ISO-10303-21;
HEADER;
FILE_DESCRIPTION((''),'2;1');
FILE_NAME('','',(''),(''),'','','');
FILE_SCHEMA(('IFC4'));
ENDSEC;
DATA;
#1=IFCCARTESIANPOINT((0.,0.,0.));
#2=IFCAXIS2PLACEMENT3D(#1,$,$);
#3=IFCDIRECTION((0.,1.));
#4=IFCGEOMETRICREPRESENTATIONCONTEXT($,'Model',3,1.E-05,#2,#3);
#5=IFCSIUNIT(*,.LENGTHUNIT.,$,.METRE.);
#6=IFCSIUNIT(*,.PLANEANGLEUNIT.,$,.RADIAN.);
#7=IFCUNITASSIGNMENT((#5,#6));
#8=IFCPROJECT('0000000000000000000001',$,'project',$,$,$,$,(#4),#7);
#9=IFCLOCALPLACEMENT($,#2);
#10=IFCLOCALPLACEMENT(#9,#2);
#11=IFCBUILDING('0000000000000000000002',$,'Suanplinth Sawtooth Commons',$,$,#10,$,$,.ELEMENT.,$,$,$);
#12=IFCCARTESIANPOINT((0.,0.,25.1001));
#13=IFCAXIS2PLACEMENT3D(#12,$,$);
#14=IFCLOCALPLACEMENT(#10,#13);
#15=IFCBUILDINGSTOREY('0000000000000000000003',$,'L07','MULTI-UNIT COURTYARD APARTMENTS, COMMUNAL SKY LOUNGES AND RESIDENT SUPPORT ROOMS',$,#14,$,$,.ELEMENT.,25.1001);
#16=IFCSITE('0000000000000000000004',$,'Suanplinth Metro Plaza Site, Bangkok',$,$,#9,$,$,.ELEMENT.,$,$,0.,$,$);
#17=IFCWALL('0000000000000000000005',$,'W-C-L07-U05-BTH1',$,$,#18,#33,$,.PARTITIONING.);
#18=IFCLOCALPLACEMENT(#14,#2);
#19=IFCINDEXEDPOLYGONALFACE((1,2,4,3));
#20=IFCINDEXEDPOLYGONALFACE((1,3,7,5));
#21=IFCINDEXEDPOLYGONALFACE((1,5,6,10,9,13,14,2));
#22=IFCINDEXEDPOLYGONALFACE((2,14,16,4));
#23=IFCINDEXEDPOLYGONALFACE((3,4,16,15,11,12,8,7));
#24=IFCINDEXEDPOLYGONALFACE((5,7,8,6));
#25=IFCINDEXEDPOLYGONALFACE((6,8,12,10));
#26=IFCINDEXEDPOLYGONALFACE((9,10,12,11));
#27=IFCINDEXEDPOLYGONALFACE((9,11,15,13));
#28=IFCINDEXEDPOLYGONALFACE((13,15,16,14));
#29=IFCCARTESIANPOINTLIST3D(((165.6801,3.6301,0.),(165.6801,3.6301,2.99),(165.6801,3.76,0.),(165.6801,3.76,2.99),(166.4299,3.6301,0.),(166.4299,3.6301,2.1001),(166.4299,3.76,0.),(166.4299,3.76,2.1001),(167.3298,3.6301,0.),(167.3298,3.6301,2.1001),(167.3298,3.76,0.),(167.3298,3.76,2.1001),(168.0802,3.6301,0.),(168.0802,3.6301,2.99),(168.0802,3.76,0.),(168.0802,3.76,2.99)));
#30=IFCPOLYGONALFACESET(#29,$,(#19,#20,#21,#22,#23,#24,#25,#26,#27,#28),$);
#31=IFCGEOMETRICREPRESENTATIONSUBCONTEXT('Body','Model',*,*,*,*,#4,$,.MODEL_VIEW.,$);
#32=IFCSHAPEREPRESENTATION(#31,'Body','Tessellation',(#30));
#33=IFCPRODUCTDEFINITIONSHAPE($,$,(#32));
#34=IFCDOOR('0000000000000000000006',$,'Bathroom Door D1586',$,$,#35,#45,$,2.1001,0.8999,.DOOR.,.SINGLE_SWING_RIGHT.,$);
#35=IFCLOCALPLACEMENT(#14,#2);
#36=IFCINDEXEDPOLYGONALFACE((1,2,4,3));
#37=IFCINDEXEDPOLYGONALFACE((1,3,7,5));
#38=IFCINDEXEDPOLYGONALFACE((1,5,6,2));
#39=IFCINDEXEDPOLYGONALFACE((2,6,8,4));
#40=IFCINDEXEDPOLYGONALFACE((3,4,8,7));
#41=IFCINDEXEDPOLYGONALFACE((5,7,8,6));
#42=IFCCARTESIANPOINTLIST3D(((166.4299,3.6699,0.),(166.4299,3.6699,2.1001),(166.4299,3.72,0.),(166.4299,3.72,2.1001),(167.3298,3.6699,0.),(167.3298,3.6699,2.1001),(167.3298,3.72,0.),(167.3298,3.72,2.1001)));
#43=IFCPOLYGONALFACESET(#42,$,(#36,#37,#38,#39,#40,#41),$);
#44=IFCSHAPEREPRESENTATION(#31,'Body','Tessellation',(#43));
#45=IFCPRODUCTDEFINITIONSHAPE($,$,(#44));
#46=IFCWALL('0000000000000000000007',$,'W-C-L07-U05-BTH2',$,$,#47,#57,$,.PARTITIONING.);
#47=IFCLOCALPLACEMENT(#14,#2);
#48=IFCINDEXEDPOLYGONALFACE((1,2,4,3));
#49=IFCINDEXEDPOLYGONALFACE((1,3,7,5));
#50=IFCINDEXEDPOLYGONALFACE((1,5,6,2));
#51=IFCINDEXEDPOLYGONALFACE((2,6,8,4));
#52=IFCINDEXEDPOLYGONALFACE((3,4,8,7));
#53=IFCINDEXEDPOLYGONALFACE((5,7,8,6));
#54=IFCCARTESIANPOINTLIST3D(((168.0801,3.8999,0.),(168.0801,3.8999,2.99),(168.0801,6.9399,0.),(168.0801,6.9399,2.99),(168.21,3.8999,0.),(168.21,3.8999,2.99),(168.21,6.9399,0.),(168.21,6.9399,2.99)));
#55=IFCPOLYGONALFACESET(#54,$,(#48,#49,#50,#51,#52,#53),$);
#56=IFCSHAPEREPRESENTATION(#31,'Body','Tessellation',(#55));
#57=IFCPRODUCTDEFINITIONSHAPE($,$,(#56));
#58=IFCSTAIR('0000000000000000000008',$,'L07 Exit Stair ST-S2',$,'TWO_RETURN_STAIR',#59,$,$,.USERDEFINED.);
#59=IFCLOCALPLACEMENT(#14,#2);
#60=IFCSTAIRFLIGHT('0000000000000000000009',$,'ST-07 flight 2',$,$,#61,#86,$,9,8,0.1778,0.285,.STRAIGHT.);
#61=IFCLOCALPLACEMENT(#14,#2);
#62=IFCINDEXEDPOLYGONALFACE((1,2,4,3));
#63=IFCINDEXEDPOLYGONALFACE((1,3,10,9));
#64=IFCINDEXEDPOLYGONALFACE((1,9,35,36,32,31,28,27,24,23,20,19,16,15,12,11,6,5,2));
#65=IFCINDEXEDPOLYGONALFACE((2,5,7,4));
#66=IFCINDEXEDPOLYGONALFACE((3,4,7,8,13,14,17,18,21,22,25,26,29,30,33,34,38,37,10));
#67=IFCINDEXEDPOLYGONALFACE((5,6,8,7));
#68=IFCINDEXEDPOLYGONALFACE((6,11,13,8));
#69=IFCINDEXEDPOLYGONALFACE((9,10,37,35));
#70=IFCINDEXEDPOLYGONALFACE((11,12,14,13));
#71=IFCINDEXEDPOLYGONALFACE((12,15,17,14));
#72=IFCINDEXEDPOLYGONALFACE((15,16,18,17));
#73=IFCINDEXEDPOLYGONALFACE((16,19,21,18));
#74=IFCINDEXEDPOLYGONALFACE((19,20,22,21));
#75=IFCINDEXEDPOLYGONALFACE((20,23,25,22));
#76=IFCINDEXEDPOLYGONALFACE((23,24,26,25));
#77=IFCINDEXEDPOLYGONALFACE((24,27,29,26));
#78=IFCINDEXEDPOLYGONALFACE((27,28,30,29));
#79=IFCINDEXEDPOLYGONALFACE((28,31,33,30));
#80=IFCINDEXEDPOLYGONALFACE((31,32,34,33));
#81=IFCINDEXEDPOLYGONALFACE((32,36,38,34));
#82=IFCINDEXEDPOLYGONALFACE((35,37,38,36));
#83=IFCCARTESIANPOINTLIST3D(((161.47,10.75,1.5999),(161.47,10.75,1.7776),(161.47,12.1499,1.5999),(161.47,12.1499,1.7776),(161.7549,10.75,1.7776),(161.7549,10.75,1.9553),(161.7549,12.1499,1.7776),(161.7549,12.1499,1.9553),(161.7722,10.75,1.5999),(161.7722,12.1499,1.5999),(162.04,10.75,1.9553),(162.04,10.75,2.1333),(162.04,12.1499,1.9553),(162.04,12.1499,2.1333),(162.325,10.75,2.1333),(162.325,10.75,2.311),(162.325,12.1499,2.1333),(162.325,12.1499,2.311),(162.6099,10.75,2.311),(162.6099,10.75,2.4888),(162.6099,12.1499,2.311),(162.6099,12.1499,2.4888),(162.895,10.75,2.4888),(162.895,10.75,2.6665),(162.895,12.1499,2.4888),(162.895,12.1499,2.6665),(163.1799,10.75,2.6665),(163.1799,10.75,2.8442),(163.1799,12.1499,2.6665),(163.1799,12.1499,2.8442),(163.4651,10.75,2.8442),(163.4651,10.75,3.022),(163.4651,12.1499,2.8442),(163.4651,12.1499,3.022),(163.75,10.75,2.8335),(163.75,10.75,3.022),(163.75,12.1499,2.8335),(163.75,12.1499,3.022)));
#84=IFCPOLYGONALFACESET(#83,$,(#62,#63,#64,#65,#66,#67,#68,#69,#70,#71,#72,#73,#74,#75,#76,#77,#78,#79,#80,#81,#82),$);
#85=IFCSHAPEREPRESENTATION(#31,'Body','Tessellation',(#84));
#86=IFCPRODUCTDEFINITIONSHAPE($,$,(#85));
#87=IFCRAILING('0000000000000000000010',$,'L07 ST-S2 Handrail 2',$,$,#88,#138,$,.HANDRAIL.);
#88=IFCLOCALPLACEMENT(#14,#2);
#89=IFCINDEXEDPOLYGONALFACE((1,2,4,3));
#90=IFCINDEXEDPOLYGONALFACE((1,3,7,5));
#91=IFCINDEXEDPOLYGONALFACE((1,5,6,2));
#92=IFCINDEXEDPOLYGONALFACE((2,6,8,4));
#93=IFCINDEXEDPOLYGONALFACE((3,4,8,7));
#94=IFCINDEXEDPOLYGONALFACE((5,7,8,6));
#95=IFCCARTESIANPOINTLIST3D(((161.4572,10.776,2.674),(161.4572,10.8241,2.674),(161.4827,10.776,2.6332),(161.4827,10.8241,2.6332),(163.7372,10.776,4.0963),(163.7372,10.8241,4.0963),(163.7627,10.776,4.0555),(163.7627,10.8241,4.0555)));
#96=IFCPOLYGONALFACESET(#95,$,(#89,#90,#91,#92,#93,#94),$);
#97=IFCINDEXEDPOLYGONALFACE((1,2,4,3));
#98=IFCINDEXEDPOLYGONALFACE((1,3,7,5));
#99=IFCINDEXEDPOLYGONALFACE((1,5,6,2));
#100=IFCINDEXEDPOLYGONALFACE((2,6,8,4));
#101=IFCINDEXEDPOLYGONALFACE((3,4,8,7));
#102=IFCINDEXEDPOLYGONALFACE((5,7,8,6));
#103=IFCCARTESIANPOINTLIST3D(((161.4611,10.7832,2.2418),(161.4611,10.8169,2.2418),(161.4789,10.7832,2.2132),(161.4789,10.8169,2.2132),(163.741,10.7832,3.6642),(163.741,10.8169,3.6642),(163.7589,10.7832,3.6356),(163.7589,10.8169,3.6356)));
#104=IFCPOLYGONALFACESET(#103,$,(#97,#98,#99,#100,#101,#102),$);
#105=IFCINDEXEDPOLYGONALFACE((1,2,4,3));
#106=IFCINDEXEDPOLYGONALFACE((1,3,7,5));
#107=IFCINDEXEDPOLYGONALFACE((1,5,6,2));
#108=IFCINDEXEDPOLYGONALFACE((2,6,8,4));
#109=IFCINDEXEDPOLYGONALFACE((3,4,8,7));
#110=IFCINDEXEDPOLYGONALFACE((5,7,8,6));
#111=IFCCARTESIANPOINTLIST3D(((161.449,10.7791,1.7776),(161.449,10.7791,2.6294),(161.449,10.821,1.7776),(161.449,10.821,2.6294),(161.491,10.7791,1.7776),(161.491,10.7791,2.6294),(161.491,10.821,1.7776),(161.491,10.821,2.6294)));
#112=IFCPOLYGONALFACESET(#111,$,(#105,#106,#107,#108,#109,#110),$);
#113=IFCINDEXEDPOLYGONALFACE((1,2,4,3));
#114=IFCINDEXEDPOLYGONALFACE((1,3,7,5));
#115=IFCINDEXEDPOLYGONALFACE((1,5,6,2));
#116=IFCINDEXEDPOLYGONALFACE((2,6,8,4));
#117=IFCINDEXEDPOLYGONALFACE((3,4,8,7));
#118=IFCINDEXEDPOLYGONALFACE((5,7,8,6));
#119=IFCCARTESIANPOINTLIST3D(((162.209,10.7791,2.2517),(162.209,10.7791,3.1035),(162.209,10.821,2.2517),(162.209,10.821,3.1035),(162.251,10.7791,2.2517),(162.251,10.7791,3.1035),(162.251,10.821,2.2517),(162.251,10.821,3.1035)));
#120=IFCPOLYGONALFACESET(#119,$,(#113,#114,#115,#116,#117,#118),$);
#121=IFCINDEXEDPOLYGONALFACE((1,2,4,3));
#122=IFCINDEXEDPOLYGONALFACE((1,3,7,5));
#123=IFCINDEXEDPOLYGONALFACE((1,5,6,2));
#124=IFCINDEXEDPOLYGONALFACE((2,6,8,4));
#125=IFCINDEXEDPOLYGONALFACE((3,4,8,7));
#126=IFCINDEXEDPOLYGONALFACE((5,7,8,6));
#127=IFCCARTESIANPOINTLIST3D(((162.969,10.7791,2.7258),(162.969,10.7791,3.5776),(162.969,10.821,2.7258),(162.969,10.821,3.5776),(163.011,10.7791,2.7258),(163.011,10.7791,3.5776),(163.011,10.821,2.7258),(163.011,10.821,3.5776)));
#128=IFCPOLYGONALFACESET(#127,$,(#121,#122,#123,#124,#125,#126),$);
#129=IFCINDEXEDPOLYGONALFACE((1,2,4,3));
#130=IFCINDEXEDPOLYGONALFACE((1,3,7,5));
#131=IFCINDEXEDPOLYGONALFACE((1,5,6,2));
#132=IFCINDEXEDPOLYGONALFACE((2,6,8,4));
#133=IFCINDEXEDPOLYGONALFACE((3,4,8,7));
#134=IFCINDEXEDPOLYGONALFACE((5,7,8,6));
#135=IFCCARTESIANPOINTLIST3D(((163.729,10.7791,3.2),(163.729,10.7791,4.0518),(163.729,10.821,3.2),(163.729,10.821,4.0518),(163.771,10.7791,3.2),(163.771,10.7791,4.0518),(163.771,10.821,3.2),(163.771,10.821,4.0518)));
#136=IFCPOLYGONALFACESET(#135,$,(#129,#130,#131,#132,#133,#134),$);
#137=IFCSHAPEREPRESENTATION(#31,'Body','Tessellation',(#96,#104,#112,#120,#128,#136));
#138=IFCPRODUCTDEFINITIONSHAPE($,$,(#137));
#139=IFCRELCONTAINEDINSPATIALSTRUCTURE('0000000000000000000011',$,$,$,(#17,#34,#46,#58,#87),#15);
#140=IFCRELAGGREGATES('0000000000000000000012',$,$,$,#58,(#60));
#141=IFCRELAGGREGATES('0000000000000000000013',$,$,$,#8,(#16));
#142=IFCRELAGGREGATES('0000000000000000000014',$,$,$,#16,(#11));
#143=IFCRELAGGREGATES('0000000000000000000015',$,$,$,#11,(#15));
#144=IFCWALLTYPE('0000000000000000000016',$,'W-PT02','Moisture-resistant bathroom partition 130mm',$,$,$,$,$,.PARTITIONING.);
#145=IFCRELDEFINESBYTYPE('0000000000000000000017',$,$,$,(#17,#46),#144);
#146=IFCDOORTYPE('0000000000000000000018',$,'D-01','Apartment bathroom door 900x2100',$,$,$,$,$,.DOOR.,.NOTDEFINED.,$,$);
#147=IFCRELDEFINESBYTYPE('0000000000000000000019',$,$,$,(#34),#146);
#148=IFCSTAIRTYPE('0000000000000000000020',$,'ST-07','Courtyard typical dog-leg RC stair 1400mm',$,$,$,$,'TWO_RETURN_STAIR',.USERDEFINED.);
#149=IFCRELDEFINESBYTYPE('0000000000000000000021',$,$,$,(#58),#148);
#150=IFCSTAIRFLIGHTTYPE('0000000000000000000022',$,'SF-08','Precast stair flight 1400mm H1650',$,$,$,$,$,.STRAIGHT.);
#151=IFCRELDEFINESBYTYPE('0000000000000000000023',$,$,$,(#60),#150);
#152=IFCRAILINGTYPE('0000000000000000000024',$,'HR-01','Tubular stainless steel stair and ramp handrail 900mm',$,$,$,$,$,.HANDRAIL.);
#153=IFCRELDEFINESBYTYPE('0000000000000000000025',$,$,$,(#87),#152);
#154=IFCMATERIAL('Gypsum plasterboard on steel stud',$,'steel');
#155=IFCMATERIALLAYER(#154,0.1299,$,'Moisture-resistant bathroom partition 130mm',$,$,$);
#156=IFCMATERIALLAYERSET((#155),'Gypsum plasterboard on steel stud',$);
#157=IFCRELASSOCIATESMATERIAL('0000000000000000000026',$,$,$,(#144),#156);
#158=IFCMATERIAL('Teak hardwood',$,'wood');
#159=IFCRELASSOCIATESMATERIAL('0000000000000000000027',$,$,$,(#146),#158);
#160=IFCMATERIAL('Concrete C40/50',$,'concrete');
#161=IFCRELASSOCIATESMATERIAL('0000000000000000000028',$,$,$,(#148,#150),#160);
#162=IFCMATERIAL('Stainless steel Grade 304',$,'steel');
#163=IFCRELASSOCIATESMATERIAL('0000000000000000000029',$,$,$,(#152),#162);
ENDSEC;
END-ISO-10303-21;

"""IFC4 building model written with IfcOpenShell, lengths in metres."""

from ifc_helpers import new_model, si_unit, direction, frame, frame_2d, origin, origin_2d, place, context, subcontext, project, spatial, polyline, rectangle, outline, extrude, material, layer, layer_set, type_object, element, fill, aggregate, save


model = new_model("IFC4")

# Units and contexts
model_context = context("Model", 3, precision=1e-05, world=origin(), true_north=direction((0.0, 1.0)))
body_context = subcontext(model_context, "Body", "Model", "MODEL_VIEW")
ifc_project = project(units=[si_unit("LENGTHUNIT", "METRE"), si_unit("PLANEANGLEUNIT", "RADIAN")], contexts=[model_context])

# Site, building, storey
site_placement = place(None, origin())
site = spatial("IfcSite", under=ifc_project, at=site_placement, Name="Suanplinth Metro Plaza Site, Bangkok", CompositionType="ELEMENT", RefElevation=0.0)
building_placement = place(site_placement, origin())
building = spatial("IfcBuilding", under=site, at=building_placement, Name="Suanplinth Sawtooth Commons", CompositionType="ELEMENT")
storey_placement = place(building_placement, frame((0.0, 0.0, 25.1001)))
storey = spatial("IfcBuildingStorey", under=building, at=storey_placement, Name="L07", Description="MULTI-UNIT COURTYARD APARTMENTS, COMMUNAL SKY LOUNGES AND RESIDENT SUPPORT ROOMS", CompositionType="ELEMENT", Elevation=25.1001)

# Shared definitions
ifc_material_1 = material(Name="Concrete C40/50", Category="concrete")

# Shared definitions
ifc_material_2 = material(Name="Gypsum plasterboard on steel stud", Category="steel")
ifc_material_3 = material(Name="Teak hardwood", Category="wood")

# Shared definitions
ifc_layer_1 = layer(ifc_material_2, 0.1299, Name="Moisture-resistant bathroom partition 130mm")
ifc_layer_set_1 = layer_set([ifc_layer_1], Name="Gypsum plasterboard on steel stud")
wall_type_1 = type_object("IfcWallType", Name="W-PT02", Description="Moisture-resistant bathroom partition 130mm", PredefinedType="PARTITIONING", material=ifc_layer_set_1)

# Wall, opening, door
wall_1_placement = place(storey_placement, frame((165.6799, 3.6951, 0.0), z_axis=(0.0, 0.0, 1.0), x_axis=(1.0, 0.0, 0.0)))
wall_1 = element("IfcWall", 1, at=wall_1_placement, inside=storey, type_object=wall_type_1, Name="W-C-L07-U05-BTH1", PredefinedType="PARTITIONING", context=body_context, shape_type="SweptSolid", body=[
    extrude(rectangle(XDim=2.4001, YDim=0.1299, at=frame_2d((1.2002, 0.0))), origin(), (0.0, 0.0, 1.0), 2.99),
])
opening_1_placement = place(wall_1_placement, frame((0.75, 0.0, 0.0)))
opening_1 = element("IfcOpeningElement", 2, at=opening_1_placement, cuts=wall_1, PredefinedType="OPENING", context=body_context, shape_type="SweptSolid", body=[
    extrude(rectangle(XDim=0.8999, YDim=2.1001, at=frame_2d((0.45, 1.05))), frame((0.0, 0.0798, 0.0), z_axis=(0.0, -1.0, 0.0), x_axis=(1.0, 0.0, 0.0)), (0.0, 0.0, 1.0), 0.1597),
])
door_type_1 = type_object("IfcDoorType", Name="D-01", Description="Apartment bathroom door 900x2100", OperationType="NOTDEFINED", PredefinedType="DOOR", material=ifc_material_3)
door_1_placement = place(opening_1_placement, origin())
door_1 = element("IfcDoor", 3, at=door_1_placement, inside=storey, type_object=door_type_1, Name="Bathroom Door D1586", OperationType="SINGLE_SWING_RIGHT", OverallHeight=2.1001, OverallWidth=0.8999, PredefinedType="DOOR", context=body_context, shape_type="SweptSolid", body=[
    extrude(rectangle(XDim=0.8999, YDim=2.1001, at=frame_2d((0.45, 1.05))), frame((0.0, 0.0249, 0.0), z_axis=(0.0, -1.0, 0.0), x_axis=(1.0, 0.0, 0.0)), (0.0, 0.0, 1.0), 0.05),
])
fill(opening_1, door_1)

# Wall
wall_2_placement = place(storey_placement, frame((168.145, 3.8999, 0.0), z_axis=(0.0, 0.0, 1.0), x_axis=(0.0, 1.0, 0.0)))
element("IfcWall", 4, at=wall_2_placement, inside=storey, type_object=wall_type_1, Name="W-C-L07-U05-BTH2", PredefinedType="PARTITIONING", context=body_context, shape_type="SweptSolid", body=[
    extrude(rectangle(XDim=3.04, YDim=0.1299, at=frame_2d((1.52, 0.0))), origin(), (0.0, 0.0, 1.0), 2.99),
])

# Stair, stair flight
stair_type = type_object("IfcStairType", Name="ST-07", Description="Courtyard typical dog-leg RC stair 1400mm", ElementType="TWO_RETURN_STAIR", PredefinedType="USERDEFINED", material=ifc_material_1)
stair_placement = place(storey_placement, origin())
stair = element("IfcStair", 5, at=stair_placement, inside=storey, type_object=stair_type, Name="L07 Exit Stair ST-S2", ObjectType="TWO_RETURN_STAIR", PredefinedType="USERDEFINED")
stair_flight_type = type_object("IfcStairFlightType", Name="SF-08", Description="Precast stair flight 1400mm H1650", PredefinedType="STRAIGHT", material=ifc_material_1)
stair_flight_placement = place(storey_placement, frame((161.47, 11.45, 1.5999), z_axis=(0.0, 0.0, 1.0), x_axis=(1.0, 0.0, 0.0)))
stair_flight = element("IfcStairFlight", 6, at=stair_flight_placement, type_object=stair_flight_type, Name="ST-07 flight 2", NumberOfRisers=9, NumberOfTreads=8, PredefinedType="STRAIGHT", RiserHeight=0.1778, TreadLength=0.285, context=body_context, shape_type="SweptSolid", body=[
    extrude(outline(polyline([(0.0, 0.0), (0.0, 0.1777), (0.2849, 0.1777), (0.2849, 0.3555), (0.5701, 0.3555), (0.5701, 0.5334), (0.855, 0.5334), (0.855, 0.7112), (1.1399, 0.7112), (1.1399, 0.8889), (1.425, 0.8889), (1.425, 1.0667), (1.71, 1.0667), (1.71, 1.2444), (1.9951, 1.2444), (1.9951, 1.4221), (2.28, 1.4221), (2.28, 1.6001), (2.28, 1.2336), (0.3022, 0.0), (0.0, 0.0)])), frame((0.0, 0.7, 0.0), z_axis=(0.0, -1.0, 0.0), x_axis=(1.0, 0.0, 0.0)), (0.0, 0.0, 1.0), 1.3999),
])
aggregate(stair, [stair_flight])

# Railing
ifc_material_4 = material(Name="Stainless steel Grade 304", Category="steel")
railing_type = type_object("IfcRailingType", Name="HR-01", Description="Tubular stainless steel stair and ramp handrail 900mm", PredefinedType="HANDRAIL", material=ifc_material_4)
railing_placement = place(storey_placement, frame((161.47, 10.8, 1.7776)))
element("IfcRailing", 7, at=railing_placement, inside=storey, type_object=railing_type, Name="L07 ST-S2 Handrail 2", PredefinedType="HANDRAIL", context=body_context, shape_type="SweptSolid", body=[
    extrude(rectangle(XDim=0.0481, YDim=0.0481, at=origin_2d()), frame((0.0, 0.0, 0.876), z_axis=(0.848442, 0.0, 0.529288), x_axis=(0.0, 1.0, 0.0)), (0.0, 0.0, 1.0), 2.6873),
    extrude(rectangle(XDim=0.0337, YDim=0.0337, at=origin_2d()), frame((0.0, 0.0, 0.45), z_axis=(0.848442, 0.0, 0.529288), x_axis=(0.0, 1.0, 0.0)), (0.0, 0.0, 1.0), 2.6873),
    extrude(rectangle(XDim=0.042, YDim=0.042, at=origin_2d()), origin(), (0.0, 0.0, 1.0), 0.8518),
    extrude(rectangle(XDim=0.042, YDim=0.042, at=origin_2d()), frame((0.76, 0.0, 0.4741)), (0.0, 0.0, 1.0), 0.8518),
    extrude(rectangle(XDim=0.042, YDim=0.042, at=origin_2d()), frame((1.52, 0.0, 0.9482)), (0.0, 0.0, 1.0), 0.8518),
    extrude(rectangle(XDim=0.042, YDim=0.042, at=origin_2d()), frame((2.28, 0.0, 1.4224)), (0.0, 0.0, 1.0), 0.8518),
])

save(model, "model.ifc")
